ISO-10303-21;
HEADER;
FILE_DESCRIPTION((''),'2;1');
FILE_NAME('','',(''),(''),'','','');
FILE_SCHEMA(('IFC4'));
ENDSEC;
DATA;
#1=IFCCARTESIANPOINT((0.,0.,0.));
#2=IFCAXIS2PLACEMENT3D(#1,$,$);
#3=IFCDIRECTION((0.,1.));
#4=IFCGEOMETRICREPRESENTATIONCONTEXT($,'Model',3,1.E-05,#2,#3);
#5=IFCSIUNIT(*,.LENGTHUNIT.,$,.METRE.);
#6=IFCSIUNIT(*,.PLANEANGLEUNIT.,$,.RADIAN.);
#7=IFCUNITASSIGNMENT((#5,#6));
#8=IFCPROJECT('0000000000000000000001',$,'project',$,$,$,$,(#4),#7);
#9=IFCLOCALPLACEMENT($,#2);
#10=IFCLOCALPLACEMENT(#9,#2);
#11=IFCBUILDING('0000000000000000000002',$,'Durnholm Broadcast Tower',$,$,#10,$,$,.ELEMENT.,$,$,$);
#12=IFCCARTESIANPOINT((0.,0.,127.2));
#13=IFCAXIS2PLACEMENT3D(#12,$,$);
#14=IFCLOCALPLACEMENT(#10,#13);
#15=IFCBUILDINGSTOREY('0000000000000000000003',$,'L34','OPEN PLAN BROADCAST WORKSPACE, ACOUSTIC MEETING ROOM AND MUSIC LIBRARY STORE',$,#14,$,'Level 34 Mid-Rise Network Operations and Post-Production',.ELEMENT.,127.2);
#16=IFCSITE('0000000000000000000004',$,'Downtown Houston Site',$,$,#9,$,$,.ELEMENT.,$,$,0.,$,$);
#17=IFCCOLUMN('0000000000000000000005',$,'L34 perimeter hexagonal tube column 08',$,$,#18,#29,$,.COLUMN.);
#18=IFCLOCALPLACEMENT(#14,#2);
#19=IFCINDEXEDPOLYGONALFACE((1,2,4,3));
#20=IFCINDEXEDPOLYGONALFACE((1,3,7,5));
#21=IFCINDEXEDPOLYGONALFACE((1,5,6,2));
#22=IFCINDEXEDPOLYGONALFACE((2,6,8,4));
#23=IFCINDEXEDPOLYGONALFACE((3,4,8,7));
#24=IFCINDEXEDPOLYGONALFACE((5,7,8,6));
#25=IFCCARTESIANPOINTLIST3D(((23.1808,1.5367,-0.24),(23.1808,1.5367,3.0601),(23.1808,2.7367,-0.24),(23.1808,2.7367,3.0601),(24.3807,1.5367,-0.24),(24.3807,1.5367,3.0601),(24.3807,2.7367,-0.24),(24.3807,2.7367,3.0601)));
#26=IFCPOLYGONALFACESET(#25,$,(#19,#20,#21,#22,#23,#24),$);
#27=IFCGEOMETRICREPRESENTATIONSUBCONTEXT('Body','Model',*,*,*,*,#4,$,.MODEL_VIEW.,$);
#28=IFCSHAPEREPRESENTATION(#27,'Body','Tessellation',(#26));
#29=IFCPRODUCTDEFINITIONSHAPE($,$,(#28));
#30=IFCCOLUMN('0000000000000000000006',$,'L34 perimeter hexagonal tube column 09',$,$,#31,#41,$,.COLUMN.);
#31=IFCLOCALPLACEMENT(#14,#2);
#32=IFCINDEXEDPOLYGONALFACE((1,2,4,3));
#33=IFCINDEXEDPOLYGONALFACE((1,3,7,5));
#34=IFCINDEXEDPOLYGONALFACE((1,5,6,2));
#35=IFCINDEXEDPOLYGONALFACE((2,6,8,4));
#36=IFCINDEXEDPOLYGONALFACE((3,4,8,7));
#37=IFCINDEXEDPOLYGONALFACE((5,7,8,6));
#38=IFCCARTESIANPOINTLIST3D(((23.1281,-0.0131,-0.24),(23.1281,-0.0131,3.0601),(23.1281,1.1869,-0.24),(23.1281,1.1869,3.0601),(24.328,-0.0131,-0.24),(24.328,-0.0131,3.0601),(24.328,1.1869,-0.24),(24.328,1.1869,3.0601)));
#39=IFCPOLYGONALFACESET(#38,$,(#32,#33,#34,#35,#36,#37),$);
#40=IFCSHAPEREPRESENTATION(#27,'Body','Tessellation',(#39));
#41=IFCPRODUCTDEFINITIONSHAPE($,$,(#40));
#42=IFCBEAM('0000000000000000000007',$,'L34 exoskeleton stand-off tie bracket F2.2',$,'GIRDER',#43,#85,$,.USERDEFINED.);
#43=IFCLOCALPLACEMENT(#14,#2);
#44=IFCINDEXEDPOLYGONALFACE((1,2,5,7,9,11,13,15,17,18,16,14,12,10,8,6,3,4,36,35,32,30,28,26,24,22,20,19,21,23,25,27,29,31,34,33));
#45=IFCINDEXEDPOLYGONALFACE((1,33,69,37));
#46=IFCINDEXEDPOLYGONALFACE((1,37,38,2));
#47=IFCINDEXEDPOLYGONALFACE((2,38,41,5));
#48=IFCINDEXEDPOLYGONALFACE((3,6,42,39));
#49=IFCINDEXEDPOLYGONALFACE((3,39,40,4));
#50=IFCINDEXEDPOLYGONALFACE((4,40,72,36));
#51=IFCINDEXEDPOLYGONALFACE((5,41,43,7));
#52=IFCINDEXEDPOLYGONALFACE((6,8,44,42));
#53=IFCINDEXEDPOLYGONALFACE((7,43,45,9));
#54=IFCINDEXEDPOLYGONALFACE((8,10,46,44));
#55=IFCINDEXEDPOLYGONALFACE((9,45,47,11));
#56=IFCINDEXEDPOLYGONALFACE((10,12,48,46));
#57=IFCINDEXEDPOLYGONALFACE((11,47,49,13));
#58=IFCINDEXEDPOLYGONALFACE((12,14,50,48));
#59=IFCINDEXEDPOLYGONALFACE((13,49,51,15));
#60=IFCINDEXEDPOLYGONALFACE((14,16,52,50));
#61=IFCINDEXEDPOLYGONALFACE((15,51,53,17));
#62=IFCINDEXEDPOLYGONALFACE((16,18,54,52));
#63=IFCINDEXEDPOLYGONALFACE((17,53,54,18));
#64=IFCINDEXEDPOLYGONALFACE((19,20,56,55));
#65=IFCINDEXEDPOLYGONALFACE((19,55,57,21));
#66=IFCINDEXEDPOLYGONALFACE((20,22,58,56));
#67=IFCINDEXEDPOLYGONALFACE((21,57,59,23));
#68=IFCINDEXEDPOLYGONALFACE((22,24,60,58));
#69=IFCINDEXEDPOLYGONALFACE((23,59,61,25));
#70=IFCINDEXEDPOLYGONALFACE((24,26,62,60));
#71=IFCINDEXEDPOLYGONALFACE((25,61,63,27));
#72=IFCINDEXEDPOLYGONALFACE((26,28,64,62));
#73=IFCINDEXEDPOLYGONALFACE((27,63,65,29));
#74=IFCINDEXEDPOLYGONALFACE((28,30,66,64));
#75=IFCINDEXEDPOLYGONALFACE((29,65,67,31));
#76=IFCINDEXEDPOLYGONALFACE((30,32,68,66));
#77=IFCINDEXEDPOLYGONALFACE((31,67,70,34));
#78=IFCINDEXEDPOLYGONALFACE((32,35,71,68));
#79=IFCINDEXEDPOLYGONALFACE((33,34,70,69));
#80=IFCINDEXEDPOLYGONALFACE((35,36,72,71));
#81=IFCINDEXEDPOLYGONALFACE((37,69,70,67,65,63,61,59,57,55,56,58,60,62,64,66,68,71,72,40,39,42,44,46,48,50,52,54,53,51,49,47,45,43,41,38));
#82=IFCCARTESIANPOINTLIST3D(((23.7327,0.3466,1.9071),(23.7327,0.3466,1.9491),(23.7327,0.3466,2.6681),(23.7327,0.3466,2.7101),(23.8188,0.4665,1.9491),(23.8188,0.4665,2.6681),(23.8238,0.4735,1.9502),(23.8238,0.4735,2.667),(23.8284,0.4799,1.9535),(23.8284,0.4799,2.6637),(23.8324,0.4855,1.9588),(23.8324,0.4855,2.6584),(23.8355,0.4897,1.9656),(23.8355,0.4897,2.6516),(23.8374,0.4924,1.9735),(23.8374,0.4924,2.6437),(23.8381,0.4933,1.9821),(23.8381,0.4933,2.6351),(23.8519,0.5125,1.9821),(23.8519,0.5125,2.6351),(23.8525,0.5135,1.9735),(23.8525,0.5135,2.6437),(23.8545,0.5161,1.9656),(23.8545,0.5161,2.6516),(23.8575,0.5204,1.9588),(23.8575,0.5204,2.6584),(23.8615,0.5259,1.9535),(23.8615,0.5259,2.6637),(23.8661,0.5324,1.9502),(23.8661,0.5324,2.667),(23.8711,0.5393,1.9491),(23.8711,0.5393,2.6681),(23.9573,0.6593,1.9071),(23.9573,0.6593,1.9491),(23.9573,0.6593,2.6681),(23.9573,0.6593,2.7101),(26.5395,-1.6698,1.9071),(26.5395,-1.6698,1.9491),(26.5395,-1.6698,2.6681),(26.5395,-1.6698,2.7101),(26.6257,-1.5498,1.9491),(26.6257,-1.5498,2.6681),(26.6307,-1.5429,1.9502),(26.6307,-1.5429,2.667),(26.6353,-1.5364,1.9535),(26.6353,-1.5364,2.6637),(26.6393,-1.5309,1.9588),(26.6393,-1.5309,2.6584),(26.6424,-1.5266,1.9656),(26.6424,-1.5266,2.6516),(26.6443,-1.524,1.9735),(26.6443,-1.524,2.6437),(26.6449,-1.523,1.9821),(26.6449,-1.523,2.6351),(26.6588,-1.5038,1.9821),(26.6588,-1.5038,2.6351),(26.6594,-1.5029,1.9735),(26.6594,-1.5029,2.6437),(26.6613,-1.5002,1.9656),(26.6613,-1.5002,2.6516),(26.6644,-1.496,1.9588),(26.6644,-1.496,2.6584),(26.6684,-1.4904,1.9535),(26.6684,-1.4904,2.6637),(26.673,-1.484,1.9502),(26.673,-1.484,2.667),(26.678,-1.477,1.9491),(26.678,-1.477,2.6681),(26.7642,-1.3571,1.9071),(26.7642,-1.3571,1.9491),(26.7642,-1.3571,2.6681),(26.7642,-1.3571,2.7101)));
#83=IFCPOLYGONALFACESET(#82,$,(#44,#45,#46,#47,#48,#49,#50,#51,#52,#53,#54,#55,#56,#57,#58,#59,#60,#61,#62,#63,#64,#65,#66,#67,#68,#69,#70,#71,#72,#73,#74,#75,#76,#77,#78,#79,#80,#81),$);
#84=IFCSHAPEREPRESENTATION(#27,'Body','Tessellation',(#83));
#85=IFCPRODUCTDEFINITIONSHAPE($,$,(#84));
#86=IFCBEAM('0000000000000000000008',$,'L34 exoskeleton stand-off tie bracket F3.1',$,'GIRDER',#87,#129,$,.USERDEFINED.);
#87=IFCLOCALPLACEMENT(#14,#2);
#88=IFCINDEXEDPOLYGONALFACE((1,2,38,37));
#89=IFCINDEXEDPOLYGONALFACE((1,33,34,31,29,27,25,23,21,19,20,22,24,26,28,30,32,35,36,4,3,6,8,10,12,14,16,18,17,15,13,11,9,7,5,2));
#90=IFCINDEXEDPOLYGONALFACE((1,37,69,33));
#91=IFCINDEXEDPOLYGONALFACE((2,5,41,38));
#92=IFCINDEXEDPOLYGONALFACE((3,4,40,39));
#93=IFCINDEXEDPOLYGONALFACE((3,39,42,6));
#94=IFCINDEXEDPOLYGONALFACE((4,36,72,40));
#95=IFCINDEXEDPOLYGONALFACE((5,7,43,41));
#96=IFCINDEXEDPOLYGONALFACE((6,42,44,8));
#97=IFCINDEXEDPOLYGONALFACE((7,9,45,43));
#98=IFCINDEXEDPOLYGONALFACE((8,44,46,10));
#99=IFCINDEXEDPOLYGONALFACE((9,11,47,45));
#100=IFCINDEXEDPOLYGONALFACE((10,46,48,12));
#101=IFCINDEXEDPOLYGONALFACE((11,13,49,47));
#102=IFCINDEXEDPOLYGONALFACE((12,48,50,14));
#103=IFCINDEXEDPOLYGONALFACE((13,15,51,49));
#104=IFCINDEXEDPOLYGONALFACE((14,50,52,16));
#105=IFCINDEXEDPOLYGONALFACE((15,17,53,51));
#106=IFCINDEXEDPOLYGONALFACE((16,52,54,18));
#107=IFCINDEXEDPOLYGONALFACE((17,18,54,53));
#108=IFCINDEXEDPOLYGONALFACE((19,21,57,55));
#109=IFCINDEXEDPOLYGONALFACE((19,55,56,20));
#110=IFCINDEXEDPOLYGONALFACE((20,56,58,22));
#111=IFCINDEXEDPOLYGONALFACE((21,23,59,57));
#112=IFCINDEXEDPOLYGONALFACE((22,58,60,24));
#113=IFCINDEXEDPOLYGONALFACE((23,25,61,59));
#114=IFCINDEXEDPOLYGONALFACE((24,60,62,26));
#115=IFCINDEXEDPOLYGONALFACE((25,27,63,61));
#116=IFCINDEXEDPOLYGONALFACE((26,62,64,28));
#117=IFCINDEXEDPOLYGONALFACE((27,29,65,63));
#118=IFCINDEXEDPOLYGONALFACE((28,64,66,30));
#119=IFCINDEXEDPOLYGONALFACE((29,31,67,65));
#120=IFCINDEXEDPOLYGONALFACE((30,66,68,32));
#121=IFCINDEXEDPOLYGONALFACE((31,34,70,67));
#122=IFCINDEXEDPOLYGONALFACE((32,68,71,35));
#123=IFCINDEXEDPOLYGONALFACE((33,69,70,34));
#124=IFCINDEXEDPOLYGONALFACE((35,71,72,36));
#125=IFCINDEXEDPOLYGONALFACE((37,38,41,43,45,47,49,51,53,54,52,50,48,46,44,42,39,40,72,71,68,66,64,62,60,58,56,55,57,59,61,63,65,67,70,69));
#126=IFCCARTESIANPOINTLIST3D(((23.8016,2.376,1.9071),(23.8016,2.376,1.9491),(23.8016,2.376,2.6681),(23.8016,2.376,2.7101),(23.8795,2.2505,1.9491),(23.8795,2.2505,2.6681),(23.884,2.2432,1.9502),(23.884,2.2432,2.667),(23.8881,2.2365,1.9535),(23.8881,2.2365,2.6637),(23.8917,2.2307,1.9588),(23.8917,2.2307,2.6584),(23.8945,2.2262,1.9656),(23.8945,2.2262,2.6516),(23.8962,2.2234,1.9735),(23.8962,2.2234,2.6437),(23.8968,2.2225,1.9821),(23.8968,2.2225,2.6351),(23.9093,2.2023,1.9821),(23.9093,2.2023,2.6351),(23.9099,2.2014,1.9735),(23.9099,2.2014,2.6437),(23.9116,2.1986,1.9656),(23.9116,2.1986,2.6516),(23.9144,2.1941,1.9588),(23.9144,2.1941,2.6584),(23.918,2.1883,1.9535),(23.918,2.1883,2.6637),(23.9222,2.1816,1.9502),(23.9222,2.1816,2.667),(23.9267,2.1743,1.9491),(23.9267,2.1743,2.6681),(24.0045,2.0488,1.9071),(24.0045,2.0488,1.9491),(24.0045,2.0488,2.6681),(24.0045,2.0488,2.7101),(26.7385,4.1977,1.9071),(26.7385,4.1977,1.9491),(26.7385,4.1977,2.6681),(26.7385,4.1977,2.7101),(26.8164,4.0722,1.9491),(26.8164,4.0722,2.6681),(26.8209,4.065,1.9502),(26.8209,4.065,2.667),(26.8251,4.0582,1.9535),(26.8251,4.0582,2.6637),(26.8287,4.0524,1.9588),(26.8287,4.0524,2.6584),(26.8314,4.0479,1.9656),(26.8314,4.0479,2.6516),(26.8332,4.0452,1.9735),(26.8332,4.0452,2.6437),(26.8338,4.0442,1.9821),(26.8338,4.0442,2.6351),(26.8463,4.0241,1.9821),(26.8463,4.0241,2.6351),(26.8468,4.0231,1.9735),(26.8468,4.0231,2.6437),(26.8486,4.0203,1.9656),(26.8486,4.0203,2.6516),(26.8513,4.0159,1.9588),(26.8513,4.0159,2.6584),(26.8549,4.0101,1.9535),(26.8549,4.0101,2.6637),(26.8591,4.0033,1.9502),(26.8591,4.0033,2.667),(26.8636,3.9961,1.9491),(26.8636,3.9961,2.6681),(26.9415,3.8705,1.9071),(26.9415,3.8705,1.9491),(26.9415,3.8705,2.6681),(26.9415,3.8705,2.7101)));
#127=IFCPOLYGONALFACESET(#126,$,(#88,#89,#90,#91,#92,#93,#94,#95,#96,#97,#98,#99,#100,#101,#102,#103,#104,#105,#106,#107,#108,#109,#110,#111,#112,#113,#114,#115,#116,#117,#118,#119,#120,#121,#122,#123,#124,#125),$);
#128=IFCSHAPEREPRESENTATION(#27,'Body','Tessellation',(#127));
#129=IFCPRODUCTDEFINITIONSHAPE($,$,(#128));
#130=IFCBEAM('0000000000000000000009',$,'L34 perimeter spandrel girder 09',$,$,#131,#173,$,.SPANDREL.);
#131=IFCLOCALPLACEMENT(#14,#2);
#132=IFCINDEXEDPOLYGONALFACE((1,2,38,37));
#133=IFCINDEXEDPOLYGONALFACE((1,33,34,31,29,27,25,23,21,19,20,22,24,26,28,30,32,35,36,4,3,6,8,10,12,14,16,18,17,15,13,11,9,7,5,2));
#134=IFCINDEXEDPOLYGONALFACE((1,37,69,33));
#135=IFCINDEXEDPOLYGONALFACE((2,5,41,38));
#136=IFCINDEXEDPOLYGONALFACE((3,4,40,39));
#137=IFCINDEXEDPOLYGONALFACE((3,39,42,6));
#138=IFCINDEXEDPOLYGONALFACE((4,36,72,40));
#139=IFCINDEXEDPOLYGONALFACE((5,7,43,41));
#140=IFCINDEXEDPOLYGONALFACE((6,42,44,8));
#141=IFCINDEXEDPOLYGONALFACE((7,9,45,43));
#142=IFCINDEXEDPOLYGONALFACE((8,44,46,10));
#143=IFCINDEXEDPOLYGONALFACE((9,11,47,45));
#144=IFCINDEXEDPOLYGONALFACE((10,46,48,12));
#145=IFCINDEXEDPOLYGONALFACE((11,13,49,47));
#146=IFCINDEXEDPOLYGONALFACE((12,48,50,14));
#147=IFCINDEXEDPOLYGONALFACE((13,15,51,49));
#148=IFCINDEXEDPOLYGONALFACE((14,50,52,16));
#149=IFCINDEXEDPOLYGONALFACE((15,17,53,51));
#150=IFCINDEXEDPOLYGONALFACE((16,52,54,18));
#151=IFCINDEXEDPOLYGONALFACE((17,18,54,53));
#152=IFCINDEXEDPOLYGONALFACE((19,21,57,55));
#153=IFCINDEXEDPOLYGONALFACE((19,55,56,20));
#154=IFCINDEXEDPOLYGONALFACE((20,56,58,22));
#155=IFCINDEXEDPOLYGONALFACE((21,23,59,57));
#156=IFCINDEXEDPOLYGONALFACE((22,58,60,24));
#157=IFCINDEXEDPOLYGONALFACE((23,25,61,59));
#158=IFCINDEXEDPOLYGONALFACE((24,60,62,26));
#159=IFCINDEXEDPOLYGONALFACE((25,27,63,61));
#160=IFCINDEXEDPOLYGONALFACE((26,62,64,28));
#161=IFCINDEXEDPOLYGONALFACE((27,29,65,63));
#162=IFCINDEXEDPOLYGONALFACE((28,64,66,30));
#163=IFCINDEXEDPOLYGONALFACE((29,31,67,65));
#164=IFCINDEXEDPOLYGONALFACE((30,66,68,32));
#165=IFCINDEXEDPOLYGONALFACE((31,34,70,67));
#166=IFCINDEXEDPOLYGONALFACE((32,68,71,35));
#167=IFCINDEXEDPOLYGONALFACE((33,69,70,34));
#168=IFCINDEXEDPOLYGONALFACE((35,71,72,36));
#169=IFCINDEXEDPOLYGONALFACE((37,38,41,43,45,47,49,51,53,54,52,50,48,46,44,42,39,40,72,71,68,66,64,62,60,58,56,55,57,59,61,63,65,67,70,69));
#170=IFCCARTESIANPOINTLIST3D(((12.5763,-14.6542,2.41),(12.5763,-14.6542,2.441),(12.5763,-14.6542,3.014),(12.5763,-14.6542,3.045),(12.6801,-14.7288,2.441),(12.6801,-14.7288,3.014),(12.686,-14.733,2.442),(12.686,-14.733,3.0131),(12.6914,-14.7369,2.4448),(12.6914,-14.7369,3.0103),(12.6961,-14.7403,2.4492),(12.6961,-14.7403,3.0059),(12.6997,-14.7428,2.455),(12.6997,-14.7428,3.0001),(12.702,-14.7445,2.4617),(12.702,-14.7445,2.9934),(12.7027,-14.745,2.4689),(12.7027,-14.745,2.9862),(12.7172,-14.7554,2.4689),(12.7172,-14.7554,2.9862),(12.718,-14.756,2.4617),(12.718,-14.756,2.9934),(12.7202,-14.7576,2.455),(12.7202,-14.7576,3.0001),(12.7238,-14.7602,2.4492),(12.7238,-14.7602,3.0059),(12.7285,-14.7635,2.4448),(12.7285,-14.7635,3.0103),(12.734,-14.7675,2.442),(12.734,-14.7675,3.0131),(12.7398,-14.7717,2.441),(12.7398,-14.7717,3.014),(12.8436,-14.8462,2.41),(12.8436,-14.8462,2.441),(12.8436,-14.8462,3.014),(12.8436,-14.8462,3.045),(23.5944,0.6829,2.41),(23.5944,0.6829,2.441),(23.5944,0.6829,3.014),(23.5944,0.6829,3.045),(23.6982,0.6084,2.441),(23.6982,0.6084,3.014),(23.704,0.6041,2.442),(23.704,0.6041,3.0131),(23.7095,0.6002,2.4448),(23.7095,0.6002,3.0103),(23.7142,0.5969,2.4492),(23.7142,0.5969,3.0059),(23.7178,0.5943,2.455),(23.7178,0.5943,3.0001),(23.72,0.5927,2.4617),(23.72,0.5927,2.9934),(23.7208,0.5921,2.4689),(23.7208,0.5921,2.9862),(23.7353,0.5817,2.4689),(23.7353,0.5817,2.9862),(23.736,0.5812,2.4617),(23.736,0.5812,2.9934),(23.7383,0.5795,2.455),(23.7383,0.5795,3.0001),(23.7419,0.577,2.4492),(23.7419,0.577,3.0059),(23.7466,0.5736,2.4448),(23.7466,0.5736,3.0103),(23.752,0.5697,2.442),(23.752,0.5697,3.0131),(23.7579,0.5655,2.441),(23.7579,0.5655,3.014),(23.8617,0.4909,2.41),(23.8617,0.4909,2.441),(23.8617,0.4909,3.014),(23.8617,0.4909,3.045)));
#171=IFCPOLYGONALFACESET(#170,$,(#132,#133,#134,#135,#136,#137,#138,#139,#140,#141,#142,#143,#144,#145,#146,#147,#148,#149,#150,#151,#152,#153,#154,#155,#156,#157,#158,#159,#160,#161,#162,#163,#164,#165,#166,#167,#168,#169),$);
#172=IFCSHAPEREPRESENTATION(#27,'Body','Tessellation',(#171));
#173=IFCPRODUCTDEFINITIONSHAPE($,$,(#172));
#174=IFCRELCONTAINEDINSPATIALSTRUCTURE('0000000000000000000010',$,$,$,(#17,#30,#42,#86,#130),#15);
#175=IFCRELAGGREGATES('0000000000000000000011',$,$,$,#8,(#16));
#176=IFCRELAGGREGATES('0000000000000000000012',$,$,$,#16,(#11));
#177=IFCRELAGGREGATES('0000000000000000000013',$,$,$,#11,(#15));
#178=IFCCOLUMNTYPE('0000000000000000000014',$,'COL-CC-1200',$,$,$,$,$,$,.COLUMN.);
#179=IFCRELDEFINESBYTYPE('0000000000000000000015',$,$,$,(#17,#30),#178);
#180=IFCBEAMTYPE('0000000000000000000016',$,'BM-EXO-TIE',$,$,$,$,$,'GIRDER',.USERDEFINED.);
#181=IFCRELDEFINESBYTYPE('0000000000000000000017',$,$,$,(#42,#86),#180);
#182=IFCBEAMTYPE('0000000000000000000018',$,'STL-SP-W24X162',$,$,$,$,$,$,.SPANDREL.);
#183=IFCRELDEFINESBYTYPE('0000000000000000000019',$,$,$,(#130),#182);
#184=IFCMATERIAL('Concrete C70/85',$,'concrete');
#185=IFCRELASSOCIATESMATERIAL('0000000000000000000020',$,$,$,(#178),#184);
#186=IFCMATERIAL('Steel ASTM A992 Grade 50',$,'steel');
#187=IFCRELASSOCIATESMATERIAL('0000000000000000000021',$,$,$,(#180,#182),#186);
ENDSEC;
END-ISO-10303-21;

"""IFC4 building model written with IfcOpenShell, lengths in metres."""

from ifc_helpers import new_model, si_unit, direction, frame, origin, origin_2d, place, context, subcontext, project, spatial, rectangle, i_section, extrude, source, transform, mapped, material, material_profile, profile_set, type_object, type_shapes, element, save


model = new_model("IFC4")

# Units and contexts
model_context = context("Model", 3, precision=1e-05, world=origin(), true_north=direction((0.0, 1.0)))
body_context = subcontext(model_context, "Body", "Model", "MODEL_VIEW")
ifc_project = project(units=[si_unit("LENGTHUNIT", "METRE"), si_unit("PLANEANGLEUNIT", "RADIAN")], contexts=[model_context])

# Site, building, storey
site_placement = place(None, origin())
site = spatial("IfcSite", under=ifc_project, at=site_placement, Name="Downtown Houston Site", CompositionType="ELEMENT", RefElevation=0.0)
building_placement = place(site_placement, origin())
building = spatial("IfcBuilding", under=site, at=building_placement, Name="Durnholm Broadcast Tower", CompositionType="ELEMENT")
storey_placement = place(building_placement, frame((0.0, 0.0, 127.2)))
storey = spatial("IfcBuildingStorey", under=building, at=storey_placement, Name="L34", Description="OPEN PLAN BROADCAST WORKSPACE, ACOUSTIC MEETING ROOM AND MUSIC LIBRARY STORE", LongName="Level 34 Mid-Rise Network Operations and Post-Production", CompositionType="ELEMENT", Elevation=127.2)

# Columns
ifc_material_1 = material(Name="Concrete C70/85", Category="concrete")
ifc_material_profile_1 = material_profile(ifc_material_1, rectangle(XDim=1.2, YDim=1.2, at=origin_2d()), Name="RC1200X1200")
ifc_profile_set_1 = profile_set([ifc_material_profile_1], Name="Concrete C70/85")
column_type = type_object("IfcColumnType", Name="COL-CC-1200", PredefinedType="COLUMN", material=ifc_profile_set_1)
shared_shape_1 = source(origin(), body_context, "Body", "SweptSolid", [
    extrude(rectangle(XDim=1.2, YDim=1.2, at=origin_2d()), origin(), (0.0, 0.0, 1.0), 3.3),
])
type_shapes(column_type, [shared_shape_1])
for number, where, z_axis, x_axis, name in (
    (1, (23.7808, 2.1367, -0.24), (0.0, 0.0, 1.0), (1.0, 0.0, 0.0), "L34 perimeter hexagonal tube column 08"),
    (2, (23.728, 0.5869, -0.24), (0.0, 0.0, 1.0), (1.0, 0.0, 0.0), "L34 perimeter hexagonal tube column 09"),
):
    element("IfcColumn", number, at=place(storey_placement, frame(where, z_axis=z_axis, x_axis=x_axis)), inside=storey, type_object=column_type, Name=name, PredefinedType="COLUMN", context=body_context, shape_type="MappedRepresentation", body=[
        mapped(shared_shape_1, transform((0.0, 0.0, 0.0), x_axis=(1.0, 0.0, 0.0), y_axis=(0.0, 1.0, 0.0), z_axis=(0.0, 0.0, 1.0), scale=1.0)),
    ])

# Beams
ifc_material_2 = material(Name="Steel ASTM A992 Grade 50", Category="steel")
ifc_material_profile_2 = material_profile(ifc_material_2, i_section(OverallWidth=0.385, OverallDepth=0.803, WebThickness=0.0237, FlangeThickness=0.042, FilletRadius=0.033, at=origin_2d()), Name="W30X261")
ifc_profile_set_2 = profile_set([ifc_material_profile_2], Name="Steel ASTM A992 Grade 50")
beam_type_1 = type_object("IfcBeamType", Name="BM-EXO-TIE", ElementType="GIRDER", PredefinedType="USERDEFINED", material=ifc_profile_set_2)
shared_shape_2 = source(origin(), body_context, "Body", "SweptSolid", [
    extrude(i_section(OverallWidth=0.385, OverallDepth=0.803, WebThickness=0.0237, FlangeThickness=0.042, FilletRadius=0.033, at=origin_2d()), origin(), (0.0, 0.0, 1.0), 3.4561),
])
for number, where, z_axis, x_axis, name in (
    (3, (23.845, 0.5029, 2.3086), (0.812165, -0.583428, 0.0), (0.583428, 0.812165, 0.0), "L34 exoskeleton stand-off tie bracket F2.2"),
    (4, (23.9031, 2.2124, 2.3086), (0.849795, 0.527113, 0.0), (-0.527113, 0.849795, 0.0), "L34 exoskeleton stand-off tie bracket F3.1"),
):
    element("IfcBeam", number, at=place(storey_placement, frame(where, z_axis=z_axis, x_axis=x_axis)), inside=storey, type_object=beam_type_1, Name=name, ObjectType="GIRDER", PredefinedType="USERDEFINED", context=body_context, shape_type="MappedRepresentation", body=[
        mapped(shared_shape_2, transform((0.0, 0.0, 0.0), x_axis=(1.0, 0.0, 0.0), y_axis=(0.0, 1.0, 0.0), z_axis=(0.0, 0.0, 1.0), scale=1.0)),
    ])
ifc_material_profile_3 = material_profile(ifc_material_2, i_section(OverallWidth=0.3291, OverallDepth=0.635, WebThickness=0.0178, FlangeThickness=0.031, FilletRadius=0.0278, at=origin_2d()), Name="W24X162")
ifc_profile_set_3 = profile_set([ifc_material_profile_3], Name="Steel ASTM A992 Grade 50")
beam_type_2 = type_object("IfcBeamType", Name="STL-SP-W24X162", PredefinedType="SPANDREL", material=ifc_profile_set_3)
shared_shape_3 = source(origin(), body_context, "Body", "SweptSolid", [
    extrude(i_section(OverallWidth=0.3291, OverallDepth=0.635, WebThickness=0.0178, FlangeThickness=0.031, FilletRadius=0.0278, at=origin_2d()), origin(), (0.0, 0.0, 1.0), 18.8845),
])
beam_1_placement = place(storey_placement, frame((23.728, 0.5869, 2.7275), z_axis=(-0.583443, -0.812154, 0.0), x_axis=(0.812154, -0.583443, 0.0)))
element("IfcBeam", 5, at=beam_1_placement, inside=storey, type_object=beam_type_2, Name="L34 perimeter spandrel girder 09", PredefinedType="SPANDREL", context=body_context, shape_type="MappedRepresentation", body=[
    mapped(shared_shape_3, transform((0.0, 0.0, 0.0), x_axis=(1.0, 0.0, 0.0), y_axis=(0.0, 1.0, 0.0), z_axis=(0.0, 0.0, 1.0), scale=1.0)),
])

save(model, "model.ifc")
